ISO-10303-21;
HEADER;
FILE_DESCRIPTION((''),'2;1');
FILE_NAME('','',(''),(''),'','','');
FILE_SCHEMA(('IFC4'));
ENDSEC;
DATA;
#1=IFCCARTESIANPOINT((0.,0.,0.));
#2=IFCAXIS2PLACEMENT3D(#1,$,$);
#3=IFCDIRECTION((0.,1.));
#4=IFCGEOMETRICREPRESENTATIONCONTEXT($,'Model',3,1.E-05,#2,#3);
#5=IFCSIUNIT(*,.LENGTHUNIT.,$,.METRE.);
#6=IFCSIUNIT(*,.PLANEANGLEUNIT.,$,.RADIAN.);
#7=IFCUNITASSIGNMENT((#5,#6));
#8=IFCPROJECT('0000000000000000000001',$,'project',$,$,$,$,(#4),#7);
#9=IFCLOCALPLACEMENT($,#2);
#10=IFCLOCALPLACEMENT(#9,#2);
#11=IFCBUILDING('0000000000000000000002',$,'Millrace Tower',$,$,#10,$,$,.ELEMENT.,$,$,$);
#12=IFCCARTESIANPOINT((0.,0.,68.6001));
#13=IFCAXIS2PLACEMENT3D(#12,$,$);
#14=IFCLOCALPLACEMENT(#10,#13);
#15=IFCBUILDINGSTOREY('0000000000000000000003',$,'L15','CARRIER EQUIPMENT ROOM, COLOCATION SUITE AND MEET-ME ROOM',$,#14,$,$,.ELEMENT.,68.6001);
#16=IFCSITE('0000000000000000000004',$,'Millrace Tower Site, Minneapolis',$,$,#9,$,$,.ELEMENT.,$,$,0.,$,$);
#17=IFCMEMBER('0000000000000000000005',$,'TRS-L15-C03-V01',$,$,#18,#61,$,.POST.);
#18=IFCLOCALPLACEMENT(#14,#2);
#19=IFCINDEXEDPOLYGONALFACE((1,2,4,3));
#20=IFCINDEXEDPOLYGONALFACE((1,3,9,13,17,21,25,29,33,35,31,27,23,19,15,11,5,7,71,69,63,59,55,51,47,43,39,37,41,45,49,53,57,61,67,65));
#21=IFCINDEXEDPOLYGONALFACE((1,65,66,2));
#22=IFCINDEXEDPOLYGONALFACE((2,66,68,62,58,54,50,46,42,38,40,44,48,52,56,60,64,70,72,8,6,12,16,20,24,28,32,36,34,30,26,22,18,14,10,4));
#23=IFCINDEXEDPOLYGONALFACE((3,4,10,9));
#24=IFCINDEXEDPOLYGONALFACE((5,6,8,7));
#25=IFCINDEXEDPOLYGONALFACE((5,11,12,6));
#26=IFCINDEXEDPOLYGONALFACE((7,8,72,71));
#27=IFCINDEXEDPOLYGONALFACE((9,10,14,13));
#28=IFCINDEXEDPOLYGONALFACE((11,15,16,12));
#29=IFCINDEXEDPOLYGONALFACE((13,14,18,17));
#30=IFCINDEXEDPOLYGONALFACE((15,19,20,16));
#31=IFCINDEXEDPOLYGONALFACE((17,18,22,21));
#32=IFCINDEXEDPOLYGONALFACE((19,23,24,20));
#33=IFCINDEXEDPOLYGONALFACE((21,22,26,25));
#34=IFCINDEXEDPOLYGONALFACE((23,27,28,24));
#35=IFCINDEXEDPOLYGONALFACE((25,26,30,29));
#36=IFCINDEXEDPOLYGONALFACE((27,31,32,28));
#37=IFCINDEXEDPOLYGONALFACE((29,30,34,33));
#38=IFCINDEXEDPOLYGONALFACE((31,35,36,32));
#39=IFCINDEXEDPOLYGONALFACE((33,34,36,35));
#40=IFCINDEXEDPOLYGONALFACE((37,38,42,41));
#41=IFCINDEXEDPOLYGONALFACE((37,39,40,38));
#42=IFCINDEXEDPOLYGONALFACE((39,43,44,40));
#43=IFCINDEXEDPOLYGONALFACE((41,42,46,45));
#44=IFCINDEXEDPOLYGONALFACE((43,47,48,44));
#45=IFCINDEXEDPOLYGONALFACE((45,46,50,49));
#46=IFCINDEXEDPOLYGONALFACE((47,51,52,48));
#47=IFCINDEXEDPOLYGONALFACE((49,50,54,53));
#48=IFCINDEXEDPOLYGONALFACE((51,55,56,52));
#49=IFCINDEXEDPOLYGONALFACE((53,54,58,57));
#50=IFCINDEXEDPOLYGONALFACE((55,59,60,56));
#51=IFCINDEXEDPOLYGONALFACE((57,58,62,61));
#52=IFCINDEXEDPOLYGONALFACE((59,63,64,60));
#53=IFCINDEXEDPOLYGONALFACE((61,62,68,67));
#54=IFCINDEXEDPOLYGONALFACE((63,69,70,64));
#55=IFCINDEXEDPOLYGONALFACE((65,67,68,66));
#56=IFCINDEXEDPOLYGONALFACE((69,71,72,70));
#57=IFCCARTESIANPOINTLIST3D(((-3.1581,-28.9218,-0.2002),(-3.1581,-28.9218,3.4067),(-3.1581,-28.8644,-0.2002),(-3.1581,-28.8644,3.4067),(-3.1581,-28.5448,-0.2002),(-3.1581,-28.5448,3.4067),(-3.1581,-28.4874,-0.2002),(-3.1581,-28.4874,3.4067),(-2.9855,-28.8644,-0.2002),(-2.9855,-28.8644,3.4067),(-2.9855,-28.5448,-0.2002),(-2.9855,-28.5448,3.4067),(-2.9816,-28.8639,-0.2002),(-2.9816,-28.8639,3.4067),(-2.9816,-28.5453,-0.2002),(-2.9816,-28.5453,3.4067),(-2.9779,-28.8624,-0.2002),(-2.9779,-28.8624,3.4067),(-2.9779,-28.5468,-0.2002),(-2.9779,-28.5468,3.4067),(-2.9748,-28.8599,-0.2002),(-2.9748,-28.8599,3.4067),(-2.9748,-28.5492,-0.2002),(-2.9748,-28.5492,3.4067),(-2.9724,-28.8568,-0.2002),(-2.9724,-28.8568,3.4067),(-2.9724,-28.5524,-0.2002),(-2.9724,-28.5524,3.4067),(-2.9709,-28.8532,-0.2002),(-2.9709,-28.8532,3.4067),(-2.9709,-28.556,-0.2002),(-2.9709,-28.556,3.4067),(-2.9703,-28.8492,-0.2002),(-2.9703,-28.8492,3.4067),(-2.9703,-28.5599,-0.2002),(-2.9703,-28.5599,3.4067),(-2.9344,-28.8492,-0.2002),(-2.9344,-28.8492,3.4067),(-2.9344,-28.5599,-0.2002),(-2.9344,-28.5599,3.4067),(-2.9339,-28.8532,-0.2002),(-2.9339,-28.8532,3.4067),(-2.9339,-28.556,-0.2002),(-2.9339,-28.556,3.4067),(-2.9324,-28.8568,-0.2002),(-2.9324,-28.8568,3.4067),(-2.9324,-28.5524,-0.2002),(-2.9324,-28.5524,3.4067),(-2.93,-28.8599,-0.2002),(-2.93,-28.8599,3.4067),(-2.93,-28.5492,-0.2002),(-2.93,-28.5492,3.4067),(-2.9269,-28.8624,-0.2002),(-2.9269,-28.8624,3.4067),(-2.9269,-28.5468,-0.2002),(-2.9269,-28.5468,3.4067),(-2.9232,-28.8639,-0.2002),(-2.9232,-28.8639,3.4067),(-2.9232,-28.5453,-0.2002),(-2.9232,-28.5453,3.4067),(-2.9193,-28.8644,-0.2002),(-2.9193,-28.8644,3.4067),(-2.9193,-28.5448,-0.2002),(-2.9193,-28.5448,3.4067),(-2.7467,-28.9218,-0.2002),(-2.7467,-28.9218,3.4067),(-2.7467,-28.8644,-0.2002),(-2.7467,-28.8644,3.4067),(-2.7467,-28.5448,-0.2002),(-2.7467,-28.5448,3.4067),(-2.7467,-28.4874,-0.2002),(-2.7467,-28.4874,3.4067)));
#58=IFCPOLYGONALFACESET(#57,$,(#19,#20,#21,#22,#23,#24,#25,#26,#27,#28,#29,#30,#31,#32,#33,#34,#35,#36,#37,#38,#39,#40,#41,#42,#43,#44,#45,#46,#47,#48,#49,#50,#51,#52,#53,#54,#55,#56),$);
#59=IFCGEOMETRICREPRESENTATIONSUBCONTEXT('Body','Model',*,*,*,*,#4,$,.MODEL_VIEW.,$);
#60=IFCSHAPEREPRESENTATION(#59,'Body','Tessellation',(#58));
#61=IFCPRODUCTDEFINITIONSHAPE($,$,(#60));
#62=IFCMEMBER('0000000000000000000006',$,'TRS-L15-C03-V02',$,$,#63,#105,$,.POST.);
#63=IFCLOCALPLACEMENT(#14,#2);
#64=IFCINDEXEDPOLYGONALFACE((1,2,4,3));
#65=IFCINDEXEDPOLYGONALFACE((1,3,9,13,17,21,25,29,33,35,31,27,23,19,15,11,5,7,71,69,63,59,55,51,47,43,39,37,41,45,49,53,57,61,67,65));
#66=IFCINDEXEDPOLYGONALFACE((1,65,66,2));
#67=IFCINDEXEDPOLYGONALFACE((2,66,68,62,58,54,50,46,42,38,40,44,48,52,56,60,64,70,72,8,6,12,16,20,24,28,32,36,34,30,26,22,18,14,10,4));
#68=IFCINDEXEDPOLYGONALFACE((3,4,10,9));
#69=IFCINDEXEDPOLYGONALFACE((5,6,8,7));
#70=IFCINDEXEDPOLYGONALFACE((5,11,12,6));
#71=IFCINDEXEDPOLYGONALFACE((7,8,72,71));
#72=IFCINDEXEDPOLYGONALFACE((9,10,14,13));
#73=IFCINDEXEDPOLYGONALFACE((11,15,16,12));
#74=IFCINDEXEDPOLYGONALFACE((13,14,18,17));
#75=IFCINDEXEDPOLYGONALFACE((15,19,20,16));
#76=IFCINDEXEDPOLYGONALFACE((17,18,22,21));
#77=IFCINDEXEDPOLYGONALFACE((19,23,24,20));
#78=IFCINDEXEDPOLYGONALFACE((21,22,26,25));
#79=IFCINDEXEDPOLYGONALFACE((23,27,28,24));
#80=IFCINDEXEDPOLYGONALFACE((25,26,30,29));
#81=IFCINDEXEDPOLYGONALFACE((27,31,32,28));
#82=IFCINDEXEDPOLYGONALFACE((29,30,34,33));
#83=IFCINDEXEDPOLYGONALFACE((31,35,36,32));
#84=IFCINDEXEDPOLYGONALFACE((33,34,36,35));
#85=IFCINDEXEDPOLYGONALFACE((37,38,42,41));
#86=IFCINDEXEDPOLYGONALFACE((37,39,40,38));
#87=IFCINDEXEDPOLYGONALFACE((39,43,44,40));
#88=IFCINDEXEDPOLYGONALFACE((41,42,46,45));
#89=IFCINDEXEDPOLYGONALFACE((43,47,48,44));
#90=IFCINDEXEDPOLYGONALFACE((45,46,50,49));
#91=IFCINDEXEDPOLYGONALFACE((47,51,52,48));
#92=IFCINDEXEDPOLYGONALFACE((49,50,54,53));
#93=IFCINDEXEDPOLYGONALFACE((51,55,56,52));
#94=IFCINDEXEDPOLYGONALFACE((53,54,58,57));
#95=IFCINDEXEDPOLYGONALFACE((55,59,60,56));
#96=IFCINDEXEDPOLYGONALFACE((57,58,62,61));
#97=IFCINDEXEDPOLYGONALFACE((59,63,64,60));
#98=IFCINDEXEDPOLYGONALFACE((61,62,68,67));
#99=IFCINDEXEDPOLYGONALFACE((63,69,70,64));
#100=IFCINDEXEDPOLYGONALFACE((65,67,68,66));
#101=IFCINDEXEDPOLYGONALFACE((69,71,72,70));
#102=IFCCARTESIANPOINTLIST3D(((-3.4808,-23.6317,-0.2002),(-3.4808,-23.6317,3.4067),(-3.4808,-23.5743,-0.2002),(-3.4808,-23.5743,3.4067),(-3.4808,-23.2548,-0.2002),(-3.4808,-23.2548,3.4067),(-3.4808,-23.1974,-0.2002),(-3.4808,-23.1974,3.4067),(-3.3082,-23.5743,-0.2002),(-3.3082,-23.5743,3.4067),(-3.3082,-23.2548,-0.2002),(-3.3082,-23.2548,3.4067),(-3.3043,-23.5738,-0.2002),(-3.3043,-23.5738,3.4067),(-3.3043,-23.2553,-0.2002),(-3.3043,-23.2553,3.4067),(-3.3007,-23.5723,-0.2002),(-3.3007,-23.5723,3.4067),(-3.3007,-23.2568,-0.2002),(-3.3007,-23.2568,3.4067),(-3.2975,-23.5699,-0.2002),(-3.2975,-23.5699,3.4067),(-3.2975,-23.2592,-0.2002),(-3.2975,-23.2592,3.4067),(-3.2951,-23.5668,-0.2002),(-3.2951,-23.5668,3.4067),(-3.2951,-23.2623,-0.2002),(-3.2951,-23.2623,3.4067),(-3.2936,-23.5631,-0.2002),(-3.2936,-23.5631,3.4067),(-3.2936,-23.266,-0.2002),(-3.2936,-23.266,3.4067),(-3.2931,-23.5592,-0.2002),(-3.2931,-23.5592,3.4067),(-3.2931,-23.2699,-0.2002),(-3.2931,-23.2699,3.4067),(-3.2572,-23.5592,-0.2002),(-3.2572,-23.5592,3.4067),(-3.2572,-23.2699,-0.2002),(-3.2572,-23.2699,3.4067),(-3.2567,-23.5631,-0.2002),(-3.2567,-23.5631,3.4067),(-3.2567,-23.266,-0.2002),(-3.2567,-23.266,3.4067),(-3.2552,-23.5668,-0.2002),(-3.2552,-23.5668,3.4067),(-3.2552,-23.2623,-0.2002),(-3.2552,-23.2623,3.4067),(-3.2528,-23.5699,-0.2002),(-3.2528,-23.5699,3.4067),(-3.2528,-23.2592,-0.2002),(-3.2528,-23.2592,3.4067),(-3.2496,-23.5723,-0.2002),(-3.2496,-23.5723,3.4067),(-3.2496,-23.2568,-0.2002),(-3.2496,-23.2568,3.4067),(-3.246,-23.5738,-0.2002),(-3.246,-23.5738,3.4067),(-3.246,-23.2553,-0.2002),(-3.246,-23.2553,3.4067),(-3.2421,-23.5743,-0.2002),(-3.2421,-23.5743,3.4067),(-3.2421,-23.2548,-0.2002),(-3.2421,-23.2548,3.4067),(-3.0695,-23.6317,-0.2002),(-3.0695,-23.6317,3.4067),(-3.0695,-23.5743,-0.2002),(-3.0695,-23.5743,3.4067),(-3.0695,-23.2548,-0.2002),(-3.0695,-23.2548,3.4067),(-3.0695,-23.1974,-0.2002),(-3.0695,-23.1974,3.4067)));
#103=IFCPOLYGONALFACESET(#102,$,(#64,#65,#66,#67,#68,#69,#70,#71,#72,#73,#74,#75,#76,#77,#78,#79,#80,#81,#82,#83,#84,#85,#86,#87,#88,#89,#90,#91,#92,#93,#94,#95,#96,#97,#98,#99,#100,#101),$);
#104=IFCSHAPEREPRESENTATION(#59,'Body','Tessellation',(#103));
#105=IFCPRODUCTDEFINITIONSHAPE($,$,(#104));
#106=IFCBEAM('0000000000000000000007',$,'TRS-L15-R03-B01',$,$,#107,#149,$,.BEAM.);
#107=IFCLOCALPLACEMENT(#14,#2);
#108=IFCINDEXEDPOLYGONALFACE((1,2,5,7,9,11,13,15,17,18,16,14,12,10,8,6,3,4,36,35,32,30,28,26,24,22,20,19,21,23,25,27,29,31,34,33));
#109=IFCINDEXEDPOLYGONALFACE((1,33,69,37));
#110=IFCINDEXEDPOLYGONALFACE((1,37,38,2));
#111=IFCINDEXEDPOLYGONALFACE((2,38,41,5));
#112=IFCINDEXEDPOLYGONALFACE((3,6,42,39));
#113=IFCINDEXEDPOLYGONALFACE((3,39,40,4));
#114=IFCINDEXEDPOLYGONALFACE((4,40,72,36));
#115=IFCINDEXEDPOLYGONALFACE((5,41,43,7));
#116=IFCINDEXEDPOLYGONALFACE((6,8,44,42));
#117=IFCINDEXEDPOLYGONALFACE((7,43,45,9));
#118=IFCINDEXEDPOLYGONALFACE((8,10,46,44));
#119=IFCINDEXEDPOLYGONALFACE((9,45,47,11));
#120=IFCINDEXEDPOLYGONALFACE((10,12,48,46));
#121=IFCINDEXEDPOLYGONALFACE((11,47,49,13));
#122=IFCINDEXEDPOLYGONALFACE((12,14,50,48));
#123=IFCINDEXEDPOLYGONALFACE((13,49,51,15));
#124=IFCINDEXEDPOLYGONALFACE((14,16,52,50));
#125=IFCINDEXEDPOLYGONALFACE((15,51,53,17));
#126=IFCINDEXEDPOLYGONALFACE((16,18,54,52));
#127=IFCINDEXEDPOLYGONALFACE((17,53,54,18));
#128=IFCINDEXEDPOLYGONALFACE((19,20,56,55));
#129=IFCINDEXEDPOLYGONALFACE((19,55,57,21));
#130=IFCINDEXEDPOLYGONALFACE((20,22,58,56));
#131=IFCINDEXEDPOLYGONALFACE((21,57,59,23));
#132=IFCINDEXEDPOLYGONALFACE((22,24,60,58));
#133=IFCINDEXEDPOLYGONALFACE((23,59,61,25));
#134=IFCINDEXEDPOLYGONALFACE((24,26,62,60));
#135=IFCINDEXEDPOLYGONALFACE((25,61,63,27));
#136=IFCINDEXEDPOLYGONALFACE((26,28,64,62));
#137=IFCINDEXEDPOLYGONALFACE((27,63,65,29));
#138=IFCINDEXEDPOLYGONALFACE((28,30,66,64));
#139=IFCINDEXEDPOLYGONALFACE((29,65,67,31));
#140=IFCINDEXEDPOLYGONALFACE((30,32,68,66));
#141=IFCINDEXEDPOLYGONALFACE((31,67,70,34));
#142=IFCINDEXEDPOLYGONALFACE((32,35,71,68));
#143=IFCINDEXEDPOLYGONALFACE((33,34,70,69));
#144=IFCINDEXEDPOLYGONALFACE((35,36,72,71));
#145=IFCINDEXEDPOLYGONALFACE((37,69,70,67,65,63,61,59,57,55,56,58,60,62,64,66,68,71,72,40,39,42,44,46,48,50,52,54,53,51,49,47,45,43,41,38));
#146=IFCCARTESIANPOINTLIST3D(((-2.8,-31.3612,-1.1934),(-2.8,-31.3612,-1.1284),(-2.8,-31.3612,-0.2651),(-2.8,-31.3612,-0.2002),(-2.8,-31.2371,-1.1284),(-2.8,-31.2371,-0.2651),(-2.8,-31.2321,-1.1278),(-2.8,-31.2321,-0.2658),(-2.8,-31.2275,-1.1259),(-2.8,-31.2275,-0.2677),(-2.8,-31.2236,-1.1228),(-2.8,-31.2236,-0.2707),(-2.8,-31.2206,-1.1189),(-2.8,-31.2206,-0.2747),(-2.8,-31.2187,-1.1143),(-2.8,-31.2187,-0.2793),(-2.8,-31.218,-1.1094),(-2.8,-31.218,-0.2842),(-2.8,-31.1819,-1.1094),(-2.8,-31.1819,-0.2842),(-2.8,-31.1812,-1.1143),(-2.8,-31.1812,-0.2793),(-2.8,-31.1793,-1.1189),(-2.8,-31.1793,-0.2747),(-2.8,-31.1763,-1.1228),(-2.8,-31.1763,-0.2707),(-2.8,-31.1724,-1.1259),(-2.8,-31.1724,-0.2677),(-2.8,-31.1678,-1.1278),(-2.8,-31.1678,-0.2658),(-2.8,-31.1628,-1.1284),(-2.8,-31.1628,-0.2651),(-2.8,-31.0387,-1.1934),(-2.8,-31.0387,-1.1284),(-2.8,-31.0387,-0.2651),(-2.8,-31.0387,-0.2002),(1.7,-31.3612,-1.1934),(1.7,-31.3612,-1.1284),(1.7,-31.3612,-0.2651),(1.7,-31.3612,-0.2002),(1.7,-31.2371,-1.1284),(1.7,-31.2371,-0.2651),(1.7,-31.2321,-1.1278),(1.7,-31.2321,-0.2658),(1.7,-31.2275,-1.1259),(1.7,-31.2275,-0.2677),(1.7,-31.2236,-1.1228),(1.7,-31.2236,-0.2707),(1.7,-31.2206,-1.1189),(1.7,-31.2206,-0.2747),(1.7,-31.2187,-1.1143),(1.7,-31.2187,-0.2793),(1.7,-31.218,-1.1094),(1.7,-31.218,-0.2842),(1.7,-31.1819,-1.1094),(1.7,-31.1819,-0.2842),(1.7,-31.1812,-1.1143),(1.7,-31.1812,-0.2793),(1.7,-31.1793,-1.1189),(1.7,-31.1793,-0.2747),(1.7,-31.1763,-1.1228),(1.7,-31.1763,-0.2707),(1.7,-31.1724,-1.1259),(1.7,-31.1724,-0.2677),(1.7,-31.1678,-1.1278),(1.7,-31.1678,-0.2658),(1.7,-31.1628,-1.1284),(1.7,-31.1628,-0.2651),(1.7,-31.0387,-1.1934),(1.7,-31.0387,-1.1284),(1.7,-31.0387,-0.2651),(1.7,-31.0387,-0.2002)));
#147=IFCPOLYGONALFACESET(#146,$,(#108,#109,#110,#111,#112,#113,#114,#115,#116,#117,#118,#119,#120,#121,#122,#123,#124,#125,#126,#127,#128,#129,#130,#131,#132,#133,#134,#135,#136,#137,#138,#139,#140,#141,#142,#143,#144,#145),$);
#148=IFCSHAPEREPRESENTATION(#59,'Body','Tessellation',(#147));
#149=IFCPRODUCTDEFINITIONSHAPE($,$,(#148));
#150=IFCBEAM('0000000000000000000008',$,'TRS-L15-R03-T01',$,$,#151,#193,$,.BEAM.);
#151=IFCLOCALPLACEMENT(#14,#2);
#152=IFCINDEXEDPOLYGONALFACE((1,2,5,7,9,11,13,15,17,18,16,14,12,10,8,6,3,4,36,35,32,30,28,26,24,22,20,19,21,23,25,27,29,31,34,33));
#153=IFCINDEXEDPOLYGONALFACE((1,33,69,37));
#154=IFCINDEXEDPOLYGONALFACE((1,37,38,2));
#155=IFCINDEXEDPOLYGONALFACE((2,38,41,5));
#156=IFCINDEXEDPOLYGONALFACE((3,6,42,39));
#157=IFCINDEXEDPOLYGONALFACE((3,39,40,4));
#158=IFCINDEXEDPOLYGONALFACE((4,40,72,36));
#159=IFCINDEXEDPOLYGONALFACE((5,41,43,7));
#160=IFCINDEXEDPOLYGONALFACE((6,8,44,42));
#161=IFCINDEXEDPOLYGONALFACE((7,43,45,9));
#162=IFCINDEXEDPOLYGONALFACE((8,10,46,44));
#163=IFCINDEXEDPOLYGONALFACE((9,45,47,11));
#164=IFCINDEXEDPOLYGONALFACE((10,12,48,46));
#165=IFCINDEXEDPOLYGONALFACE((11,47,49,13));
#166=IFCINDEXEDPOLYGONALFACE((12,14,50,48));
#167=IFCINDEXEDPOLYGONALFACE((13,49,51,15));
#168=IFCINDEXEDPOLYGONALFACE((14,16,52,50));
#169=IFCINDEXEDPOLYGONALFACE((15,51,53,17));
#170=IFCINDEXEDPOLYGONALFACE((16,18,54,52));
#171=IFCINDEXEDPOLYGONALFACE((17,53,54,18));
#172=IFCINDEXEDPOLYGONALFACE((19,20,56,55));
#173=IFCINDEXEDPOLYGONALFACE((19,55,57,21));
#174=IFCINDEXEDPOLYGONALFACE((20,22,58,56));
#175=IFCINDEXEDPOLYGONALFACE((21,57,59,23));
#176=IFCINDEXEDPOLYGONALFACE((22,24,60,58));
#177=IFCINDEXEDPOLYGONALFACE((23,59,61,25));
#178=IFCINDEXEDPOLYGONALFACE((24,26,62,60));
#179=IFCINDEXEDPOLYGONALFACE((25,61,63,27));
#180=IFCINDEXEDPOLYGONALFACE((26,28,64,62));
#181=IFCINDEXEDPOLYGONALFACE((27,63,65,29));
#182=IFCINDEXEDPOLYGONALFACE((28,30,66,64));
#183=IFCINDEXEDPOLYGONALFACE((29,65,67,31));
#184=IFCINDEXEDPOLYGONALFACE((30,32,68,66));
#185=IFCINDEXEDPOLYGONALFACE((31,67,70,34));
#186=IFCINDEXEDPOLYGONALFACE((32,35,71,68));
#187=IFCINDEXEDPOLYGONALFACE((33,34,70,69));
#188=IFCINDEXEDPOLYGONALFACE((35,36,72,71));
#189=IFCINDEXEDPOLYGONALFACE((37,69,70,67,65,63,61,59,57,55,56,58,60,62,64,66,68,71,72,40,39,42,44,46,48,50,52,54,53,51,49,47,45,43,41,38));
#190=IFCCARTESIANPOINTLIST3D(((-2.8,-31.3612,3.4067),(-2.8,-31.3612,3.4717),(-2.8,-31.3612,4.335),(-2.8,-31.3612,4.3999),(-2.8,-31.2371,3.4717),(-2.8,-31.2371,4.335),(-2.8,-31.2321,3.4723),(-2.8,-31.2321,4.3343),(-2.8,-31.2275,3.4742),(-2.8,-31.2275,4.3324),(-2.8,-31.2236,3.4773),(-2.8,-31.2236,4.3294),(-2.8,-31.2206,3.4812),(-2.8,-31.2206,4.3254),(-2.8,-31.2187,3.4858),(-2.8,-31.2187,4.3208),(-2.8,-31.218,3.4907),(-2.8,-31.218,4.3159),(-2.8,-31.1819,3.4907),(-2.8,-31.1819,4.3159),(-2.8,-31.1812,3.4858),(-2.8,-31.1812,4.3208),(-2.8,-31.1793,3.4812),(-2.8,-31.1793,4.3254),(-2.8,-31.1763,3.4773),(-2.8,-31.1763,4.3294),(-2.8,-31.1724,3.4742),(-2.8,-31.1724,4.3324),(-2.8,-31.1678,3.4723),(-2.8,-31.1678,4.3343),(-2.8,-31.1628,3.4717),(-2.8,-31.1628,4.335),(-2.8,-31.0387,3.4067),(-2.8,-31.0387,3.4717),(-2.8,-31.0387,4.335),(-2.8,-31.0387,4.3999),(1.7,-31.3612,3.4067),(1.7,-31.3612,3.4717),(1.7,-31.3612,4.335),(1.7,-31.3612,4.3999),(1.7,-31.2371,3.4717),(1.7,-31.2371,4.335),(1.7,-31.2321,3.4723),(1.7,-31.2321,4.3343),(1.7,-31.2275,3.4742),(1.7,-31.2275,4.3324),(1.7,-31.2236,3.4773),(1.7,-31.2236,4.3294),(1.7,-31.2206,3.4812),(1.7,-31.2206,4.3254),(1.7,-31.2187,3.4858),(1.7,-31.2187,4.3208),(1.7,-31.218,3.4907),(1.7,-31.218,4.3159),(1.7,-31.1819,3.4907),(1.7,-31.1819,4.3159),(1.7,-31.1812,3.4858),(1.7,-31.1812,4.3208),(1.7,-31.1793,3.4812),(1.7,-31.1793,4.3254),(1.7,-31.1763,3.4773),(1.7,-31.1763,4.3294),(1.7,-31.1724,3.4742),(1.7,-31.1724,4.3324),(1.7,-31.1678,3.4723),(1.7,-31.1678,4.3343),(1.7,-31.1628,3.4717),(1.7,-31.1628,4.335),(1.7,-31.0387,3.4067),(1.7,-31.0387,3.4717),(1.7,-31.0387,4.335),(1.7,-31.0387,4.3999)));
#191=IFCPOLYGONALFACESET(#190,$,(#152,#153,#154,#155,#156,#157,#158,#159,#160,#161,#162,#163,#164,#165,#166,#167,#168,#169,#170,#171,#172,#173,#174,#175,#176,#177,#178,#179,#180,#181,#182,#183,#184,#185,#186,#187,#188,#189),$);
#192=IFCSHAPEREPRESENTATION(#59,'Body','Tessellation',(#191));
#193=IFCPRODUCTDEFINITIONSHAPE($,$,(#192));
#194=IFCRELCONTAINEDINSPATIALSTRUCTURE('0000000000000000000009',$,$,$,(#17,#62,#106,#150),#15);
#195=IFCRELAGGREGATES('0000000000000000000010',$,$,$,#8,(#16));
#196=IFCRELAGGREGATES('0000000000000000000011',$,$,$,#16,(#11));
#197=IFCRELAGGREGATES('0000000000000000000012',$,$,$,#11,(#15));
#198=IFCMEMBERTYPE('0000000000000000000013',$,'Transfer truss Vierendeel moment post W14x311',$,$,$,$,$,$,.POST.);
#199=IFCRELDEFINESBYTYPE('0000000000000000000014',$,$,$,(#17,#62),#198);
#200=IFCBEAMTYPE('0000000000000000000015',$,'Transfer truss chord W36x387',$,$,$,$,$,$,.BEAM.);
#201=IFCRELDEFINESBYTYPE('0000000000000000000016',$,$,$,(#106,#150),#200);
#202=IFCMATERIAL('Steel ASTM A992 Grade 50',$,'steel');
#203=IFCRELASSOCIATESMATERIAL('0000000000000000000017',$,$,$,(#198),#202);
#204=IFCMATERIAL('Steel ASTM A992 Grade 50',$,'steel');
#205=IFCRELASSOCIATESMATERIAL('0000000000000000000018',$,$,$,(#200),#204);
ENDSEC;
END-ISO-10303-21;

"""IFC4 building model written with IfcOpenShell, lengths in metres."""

from ifc_helpers import new_model, si_unit, direction, frame, origin, origin_2d, place, context, subcontext, project, spatial, i_section, extrude, material, material_profile, profile_set, type_object, element, save


model = new_model("IFC4")

# Units and contexts
model_context = context("Model", 3, precision=1e-05, world=origin(), true_north=direction((0.0, 1.0)))
body_context = subcontext(model_context, "Body", "Model", "MODEL_VIEW")
ifc_project = project(units=[si_unit("LENGTHUNIT", "METRE"), si_unit("PLANEANGLEUNIT", "RADIAN")], contexts=[model_context])

# Site, building, storey
site_placement = place(None, origin())
site = spatial("IfcSite", under=ifc_project, at=site_placement, Name="Millrace Tower Site, Minneapolis", CompositionType="ELEMENT", RefElevation=0.0)
building_placement = place(site_placement, origin())
building = spatial("IfcBuilding", under=site, at=building_placement, Name="Millrace Tower", CompositionType="ELEMENT")
storey_placement = place(building_placement, frame((0.0, 0.0, 68.6001)))
storey = spatial("IfcBuildingStorey", under=building, at=storey_placement, Name="L15", Description="CARRIER EQUIPMENT ROOM, COLOCATION SUITE AND MEET-ME ROOM", CompositionType="ELEMENT", Elevation=68.6001)

# Members
ifc_material_1 = material(Name="Steel ASTM A992 Grade 50", Category="steel")
ifc_material_profile_1 = material_profile(ifc_material_1, i_section(OverallWidth=0.4114, OverallDepth=0.4343, WebThickness=0.0359, FlangeThickness=0.0574, FilletRadius=0.0151, at=origin_2d()))
ifc_profile_set_1 = profile_set([ifc_material_profile_1], Name="Steel ASTM A992 Grade 50")
member_type_1 = type_object("IfcMemberType", Name="Transfer truss Vierendeel moment post W14x311", PredefinedType="POST", material=ifc_profile_set_1)
for number, where, z_axis, x_axis, name in (
    (1, (-2.9524, -28.7046, -0.2002), (0.0, 0.0, 1.0), (1.0, 0.0, 0.0), "TRS-L15-C03-V01"),
    (2, (-3.2751, -23.4146, -0.2002), (0.0, 0.0, 1.0), (1.0, 0.0, 0.0), "TRS-L15-C03-V02"),
):
    element("IfcMember", number, at=place(storey_placement, frame(where, z_axis=z_axis, x_axis=x_axis)), inside=storey, type_object=member_type_1, Name=name, PredefinedType="POST", context=body_context, shape_type="SweptSolid", body=[
        extrude(i_section(OverallWidth=0.4114, OverallDepth=0.4343, WebThickness=0.0359, FlangeThickness=0.0574, FilletRadius=0.0151, at=origin_2d()), origin(), (0.0, 0.0, 1.0), 3.6069),
    ])

# Beams
ifc_material_2 = material(Name="Steel ASTM A992 Grade 50", Category="steel")
ifc_material_profile_2 = material_profile(ifc_material_2, i_section(OverallWidth=0.3225, OverallDepth=0.9932, WebThickness=0.0361, FlangeThickness=0.0649, FilletRadius=0.019, at=origin_2d()))
ifc_profile_set_2 = profile_set([ifc_material_profile_2], Name="Steel ASTM A992 Grade 50")
beam_type_1 = type_object("IfcBeamType", Name="Transfer truss chord W36x387", PredefinedType="BEAM", material=ifc_profile_set_2)
for number, where, z_axis, x_axis, name in (
    (3, (-2.8, -31.2, -0.6968), (1.0, 0.0, 0.0), (0.0, 1.0, 0.0), "TRS-L15-R03-B01"),
    (4, (-2.8, -31.2, 3.9033), (1.0, 0.0, 0.0), (0.0, 1.0, 0.0), "TRS-L15-R03-T01"),
):
    element("IfcBeam", number, at=place(storey_placement, frame(where, z_axis=z_axis, x_axis=x_axis)), inside=storey, type_object=beam_type_1, Name=name, PredefinedType="BEAM", context=body_context, shape_type="SweptSolid", body=[
        extrude(i_section(OverallWidth=0.3225, OverallDepth=0.9932, WebThickness=0.0361, FlangeThickness=0.0649, FilletRadius=0.019, at=origin_2d()), origin(), (0.0, 0.0, 1.0), 4.5),
    ])

save(model, "model.ifc")
